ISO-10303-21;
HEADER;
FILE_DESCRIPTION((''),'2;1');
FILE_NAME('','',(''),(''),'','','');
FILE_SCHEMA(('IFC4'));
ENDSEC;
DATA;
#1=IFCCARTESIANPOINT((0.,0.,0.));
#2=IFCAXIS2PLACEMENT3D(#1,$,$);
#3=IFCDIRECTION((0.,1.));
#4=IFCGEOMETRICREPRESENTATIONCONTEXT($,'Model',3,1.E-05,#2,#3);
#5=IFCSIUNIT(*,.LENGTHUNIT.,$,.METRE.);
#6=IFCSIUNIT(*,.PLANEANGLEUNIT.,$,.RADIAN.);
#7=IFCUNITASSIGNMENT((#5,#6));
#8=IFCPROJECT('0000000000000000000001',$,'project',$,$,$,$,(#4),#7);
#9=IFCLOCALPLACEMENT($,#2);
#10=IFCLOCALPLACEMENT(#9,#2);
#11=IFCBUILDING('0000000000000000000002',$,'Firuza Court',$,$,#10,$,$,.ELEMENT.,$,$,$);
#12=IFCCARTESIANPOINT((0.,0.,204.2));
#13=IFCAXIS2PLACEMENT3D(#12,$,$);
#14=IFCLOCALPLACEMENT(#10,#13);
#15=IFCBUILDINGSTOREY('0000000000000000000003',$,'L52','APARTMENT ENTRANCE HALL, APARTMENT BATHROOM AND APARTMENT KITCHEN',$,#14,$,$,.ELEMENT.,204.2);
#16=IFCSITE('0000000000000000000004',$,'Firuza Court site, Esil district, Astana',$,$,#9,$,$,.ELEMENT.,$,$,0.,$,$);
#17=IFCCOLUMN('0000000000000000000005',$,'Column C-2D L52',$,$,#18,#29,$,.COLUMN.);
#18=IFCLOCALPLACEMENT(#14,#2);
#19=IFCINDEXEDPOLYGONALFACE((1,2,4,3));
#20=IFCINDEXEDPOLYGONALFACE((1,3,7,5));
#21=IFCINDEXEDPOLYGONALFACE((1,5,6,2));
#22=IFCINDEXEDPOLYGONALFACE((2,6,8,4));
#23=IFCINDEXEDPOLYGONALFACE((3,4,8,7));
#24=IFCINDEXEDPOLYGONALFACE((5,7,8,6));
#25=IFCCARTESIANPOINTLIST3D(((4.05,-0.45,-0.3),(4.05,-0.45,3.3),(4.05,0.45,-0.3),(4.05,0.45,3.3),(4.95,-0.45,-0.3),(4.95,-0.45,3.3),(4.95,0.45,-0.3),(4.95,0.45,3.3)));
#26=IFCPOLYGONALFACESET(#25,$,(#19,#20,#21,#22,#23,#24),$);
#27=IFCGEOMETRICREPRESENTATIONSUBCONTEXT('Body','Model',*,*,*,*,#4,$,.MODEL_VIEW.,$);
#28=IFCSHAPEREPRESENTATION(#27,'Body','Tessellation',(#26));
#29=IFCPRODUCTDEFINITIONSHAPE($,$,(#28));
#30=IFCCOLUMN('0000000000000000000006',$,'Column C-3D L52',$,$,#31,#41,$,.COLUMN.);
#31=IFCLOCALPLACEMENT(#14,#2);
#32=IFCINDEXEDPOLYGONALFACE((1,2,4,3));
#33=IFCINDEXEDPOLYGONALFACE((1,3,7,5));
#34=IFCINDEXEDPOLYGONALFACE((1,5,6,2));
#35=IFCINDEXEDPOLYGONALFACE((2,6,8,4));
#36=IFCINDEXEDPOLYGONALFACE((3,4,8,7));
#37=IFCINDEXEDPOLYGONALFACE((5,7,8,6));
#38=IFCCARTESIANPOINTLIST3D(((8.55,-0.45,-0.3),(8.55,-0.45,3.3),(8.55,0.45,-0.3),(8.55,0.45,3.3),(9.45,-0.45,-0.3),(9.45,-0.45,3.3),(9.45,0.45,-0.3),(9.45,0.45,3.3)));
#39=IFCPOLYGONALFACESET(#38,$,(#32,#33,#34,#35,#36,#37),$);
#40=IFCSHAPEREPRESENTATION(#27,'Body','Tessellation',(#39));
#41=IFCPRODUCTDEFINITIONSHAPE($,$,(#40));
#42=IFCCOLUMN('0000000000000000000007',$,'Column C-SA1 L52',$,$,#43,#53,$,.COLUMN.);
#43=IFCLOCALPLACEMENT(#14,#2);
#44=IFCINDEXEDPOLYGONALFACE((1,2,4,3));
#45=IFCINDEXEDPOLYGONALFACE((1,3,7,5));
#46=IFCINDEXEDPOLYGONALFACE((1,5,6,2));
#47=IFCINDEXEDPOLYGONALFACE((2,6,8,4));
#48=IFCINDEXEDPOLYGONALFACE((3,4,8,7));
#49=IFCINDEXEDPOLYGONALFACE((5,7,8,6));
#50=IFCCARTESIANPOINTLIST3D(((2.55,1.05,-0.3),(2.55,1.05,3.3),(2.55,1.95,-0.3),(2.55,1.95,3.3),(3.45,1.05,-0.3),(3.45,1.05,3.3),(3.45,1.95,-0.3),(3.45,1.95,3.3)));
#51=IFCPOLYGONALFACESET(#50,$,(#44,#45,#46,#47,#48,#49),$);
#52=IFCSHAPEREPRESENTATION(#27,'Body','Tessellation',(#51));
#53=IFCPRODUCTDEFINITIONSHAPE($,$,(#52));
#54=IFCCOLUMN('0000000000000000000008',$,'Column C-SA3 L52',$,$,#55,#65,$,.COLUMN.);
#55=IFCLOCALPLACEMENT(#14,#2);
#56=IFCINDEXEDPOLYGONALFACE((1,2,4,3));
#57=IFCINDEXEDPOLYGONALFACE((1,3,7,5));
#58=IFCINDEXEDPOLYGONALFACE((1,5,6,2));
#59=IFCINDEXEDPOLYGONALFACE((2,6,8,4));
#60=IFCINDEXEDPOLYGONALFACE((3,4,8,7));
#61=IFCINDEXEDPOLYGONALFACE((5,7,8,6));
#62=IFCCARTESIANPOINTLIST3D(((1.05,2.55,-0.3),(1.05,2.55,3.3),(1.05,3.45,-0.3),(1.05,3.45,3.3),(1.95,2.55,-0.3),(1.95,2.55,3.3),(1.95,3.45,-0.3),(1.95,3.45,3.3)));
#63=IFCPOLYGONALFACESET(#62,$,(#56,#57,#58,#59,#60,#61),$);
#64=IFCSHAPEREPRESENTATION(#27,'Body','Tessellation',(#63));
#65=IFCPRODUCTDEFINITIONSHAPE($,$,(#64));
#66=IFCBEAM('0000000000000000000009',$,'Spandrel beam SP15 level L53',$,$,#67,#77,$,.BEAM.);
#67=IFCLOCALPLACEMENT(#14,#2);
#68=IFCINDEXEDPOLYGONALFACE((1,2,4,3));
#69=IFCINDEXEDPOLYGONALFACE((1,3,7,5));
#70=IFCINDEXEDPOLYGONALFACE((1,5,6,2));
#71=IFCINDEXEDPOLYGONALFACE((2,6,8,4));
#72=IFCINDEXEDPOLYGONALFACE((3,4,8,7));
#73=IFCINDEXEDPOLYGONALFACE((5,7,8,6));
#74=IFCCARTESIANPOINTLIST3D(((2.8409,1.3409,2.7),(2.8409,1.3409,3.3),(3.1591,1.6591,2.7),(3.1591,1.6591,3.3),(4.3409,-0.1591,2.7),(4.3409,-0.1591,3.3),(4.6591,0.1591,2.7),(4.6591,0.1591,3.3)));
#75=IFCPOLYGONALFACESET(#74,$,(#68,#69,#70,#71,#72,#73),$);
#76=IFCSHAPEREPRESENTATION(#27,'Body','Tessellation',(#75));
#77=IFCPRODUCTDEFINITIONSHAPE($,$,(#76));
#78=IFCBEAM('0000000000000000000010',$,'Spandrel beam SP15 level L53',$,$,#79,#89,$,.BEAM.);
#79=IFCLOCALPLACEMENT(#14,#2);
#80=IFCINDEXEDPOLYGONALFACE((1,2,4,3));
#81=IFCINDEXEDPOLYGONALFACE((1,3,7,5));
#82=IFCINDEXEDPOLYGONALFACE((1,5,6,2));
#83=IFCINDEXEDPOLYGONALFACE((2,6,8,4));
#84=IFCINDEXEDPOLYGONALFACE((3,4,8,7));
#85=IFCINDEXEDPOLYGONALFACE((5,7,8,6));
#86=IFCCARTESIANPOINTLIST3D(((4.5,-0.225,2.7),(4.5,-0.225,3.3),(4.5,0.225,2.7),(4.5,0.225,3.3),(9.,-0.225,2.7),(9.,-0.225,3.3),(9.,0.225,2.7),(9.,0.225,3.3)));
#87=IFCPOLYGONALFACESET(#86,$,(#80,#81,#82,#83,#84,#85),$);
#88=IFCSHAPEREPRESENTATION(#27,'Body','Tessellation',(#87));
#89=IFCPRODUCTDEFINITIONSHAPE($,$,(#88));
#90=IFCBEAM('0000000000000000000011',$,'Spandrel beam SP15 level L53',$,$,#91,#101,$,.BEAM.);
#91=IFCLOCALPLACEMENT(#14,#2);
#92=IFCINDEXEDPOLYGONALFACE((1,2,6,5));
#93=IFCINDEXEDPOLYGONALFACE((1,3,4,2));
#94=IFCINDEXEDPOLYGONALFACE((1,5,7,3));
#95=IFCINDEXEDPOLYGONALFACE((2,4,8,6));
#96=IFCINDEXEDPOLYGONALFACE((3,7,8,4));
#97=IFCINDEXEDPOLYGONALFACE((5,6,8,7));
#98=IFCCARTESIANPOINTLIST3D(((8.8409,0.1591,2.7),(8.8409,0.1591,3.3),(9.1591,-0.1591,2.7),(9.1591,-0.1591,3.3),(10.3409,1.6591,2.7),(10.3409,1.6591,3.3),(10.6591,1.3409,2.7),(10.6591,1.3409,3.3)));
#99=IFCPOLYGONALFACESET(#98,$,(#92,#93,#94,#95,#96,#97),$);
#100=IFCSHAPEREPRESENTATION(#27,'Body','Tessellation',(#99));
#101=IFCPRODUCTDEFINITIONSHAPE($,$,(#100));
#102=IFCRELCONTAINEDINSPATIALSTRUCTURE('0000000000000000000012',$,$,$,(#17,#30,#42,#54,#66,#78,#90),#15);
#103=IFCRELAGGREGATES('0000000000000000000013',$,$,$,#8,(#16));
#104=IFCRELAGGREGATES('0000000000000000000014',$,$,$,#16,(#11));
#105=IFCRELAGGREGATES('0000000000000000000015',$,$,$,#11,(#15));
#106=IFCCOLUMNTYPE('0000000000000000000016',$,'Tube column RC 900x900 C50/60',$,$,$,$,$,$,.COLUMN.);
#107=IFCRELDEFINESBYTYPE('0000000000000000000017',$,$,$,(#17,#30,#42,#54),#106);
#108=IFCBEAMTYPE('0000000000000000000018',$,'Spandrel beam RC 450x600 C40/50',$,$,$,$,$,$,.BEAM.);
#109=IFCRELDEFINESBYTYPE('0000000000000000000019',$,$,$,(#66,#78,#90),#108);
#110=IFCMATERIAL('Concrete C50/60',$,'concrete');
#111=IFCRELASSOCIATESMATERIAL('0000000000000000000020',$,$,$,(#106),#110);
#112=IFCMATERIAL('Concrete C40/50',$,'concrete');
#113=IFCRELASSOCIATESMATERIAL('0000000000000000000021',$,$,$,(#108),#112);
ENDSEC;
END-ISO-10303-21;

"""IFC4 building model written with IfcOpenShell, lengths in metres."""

from ifc_helpers import new_model, si_unit, direction, frame, origin, origin_2d, place, context, subcontext, project, spatial, rectangle, extrude, material, material_profile, profile_set, type_object, element, save


model = new_model("IFC4")

# Units and contexts
model_context = context("Model", 3, precision=1e-05, world=origin(), true_north=direction((0.0, 1.0)))
body_context = subcontext(model_context, "Body", "Model", "MODEL_VIEW")
ifc_project = project(units=[si_unit("LENGTHUNIT", "METRE"), si_unit("PLANEANGLEUNIT", "RADIAN")], contexts=[model_context])

# Site, building, storey
site_placement = place(None, origin())
site = spatial("IfcSite", under=ifc_project, at=site_placement, Name="Firuza Court site, Esil district, Astana", CompositionType="ELEMENT", RefElevation=0.0)
building_placement = place(site_placement, origin())
building = spatial("IfcBuilding", under=site, at=building_placement, Name="Firuza Court", CompositionType="ELEMENT")
storey_placement = place(building_placement, frame((0.0, 0.0, 204.2)))
storey = spatial("IfcBuildingStorey", under=building, at=storey_placement, Name="L52", Description="APARTMENT ENTRANCE HALL, APARTMENT BATHROOM AND APARTMENT KITCHEN", CompositionType="ELEMENT", Elevation=204.2)

# Columns
ifc_material_1 = material(Name="Concrete C50/60", Category="concrete")
ifc_material_profile_1 = material_profile(ifc_material_1, rectangle(XDim=0.8999, YDim=0.8999, at=origin_2d()), Name="RC 900x900")
ifc_profile_set_1 = profile_set([ifc_material_profile_1], Name="Concrete C50/60")
column_type = type_object("IfcColumnType", Name="Tube column RC 900x900 C50/60", PredefinedType="COLUMN", material=ifc_profile_set_1)
for number, where, z_axis, x_axis, name in (
    (1, (4.5, 0.0, -0.3), (0.0, 0.0, 1.0), (1.0, 0.0, 0.0), "Column C-2D L52"),
    (2, (9.0, 0.0, -0.3), (0.0, 0.0, 1.0), (1.0, 0.0, 0.0), "Column C-3D L52"),
    (3, (3.0, 1.5, -0.3), (0.0, 0.0, 1.0), (1.0, 0.0, 0.0), "Column C-SA1 L52"),
    (4, (1.5, 3.0, -0.3), (0.0, 0.0, 1.0), (1.0, 0.0, 0.0), "Column C-SA3 L52"),
):
    element("IfcColumn", number, at=place(storey_placement, frame(where, z_axis=z_axis, x_axis=x_axis)), inside=storey, type_object=column_type, Name=name, PredefinedType="COLUMN", context=body_context, shape_type="SweptSolid", body=[
        extrude(rectangle(XDim=0.8999, YDim=0.8999, at=origin_2d()), origin(), (0.0, 0.0, 1.0), 3.6001),
    ])

# Beams
ifc_material_2 = material(Name="Concrete C40/50", Category="concrete")
ifc_material_profile_2 = material_profile(ifc_material_2, rectangle(XDim=0.45, YDim=0.6001, at=origin_2d()), Name="RC 450x600")
ifc_profile_set_2 = profile_set([ifc_material_profile_2], Name="Concrete C40/50")
beam_type = type_object("IfcBeamType", Name="Spandrel beam RC 450x600 C40/50", PredefinedType="BEAM", material=ifc_profile_set_2)
beam_1_placement = place(storey_placement, frame((3.0, 1.5, 3.0), z_axis=(0.707107, -0.707107, 0.0), x_axis=(0.707107, 0.707107, 0.0)))
element("IfcBeam", 5, at=beam_1_placement, inside=storey, type_object=beam_type, Name="Spandrel beam SP15 level L53", PredefinedType="BEAM", context=body_context, shape_type="SweptSolid", body=[
    extrude(rectangle(XDim=0.45, YDim=0.6001, at=origin_2d()), origin(), (0.0, 0.0, 1.0), 2.1213),
])
beam_2_placement = place(storey_placement, frame((4.5, 0.0, 3.0), z_axis=(1.0, 0.0, 0.0), x_axis=(0.0, 1.0, 0.0)))
element("IfcBeam", 6, at=beam_2_placement, inside=storey, type_object=beam_type, Name="Spandrel beam SP15 level L53", PredefinedType="BEAM", context=body_context, shape_type="SweptSolid", body=[
    extrude(rectangle(XDim=0.45, YDim=0.6001, at=origin_2d()), origin(), (0.0, 0.0, 1.0), 4.5),
])
beam_3_placement = place(storey_placement, frame((9.0, 0.0, 3.0), z_axis=(0.707107, 0.707107, 0.0), x_axis=(-0.707107, 0.707107, 0.0)))
element("IfcBeam", 7, at=beam_3_placement, inside=storey, type_object=beam_type, Name="Spandrel beam SP15 level L53", PredefinedType="BEAM", context=body_context, shape_type="SweptSolid", body=[
    extrude(rectangle(XDim=0.45, YDim=0.6001, at=origin_2d()), origin(), (0.0, 0.0, 1.0), 2.1213),
])

save(model, "model.ifc")
